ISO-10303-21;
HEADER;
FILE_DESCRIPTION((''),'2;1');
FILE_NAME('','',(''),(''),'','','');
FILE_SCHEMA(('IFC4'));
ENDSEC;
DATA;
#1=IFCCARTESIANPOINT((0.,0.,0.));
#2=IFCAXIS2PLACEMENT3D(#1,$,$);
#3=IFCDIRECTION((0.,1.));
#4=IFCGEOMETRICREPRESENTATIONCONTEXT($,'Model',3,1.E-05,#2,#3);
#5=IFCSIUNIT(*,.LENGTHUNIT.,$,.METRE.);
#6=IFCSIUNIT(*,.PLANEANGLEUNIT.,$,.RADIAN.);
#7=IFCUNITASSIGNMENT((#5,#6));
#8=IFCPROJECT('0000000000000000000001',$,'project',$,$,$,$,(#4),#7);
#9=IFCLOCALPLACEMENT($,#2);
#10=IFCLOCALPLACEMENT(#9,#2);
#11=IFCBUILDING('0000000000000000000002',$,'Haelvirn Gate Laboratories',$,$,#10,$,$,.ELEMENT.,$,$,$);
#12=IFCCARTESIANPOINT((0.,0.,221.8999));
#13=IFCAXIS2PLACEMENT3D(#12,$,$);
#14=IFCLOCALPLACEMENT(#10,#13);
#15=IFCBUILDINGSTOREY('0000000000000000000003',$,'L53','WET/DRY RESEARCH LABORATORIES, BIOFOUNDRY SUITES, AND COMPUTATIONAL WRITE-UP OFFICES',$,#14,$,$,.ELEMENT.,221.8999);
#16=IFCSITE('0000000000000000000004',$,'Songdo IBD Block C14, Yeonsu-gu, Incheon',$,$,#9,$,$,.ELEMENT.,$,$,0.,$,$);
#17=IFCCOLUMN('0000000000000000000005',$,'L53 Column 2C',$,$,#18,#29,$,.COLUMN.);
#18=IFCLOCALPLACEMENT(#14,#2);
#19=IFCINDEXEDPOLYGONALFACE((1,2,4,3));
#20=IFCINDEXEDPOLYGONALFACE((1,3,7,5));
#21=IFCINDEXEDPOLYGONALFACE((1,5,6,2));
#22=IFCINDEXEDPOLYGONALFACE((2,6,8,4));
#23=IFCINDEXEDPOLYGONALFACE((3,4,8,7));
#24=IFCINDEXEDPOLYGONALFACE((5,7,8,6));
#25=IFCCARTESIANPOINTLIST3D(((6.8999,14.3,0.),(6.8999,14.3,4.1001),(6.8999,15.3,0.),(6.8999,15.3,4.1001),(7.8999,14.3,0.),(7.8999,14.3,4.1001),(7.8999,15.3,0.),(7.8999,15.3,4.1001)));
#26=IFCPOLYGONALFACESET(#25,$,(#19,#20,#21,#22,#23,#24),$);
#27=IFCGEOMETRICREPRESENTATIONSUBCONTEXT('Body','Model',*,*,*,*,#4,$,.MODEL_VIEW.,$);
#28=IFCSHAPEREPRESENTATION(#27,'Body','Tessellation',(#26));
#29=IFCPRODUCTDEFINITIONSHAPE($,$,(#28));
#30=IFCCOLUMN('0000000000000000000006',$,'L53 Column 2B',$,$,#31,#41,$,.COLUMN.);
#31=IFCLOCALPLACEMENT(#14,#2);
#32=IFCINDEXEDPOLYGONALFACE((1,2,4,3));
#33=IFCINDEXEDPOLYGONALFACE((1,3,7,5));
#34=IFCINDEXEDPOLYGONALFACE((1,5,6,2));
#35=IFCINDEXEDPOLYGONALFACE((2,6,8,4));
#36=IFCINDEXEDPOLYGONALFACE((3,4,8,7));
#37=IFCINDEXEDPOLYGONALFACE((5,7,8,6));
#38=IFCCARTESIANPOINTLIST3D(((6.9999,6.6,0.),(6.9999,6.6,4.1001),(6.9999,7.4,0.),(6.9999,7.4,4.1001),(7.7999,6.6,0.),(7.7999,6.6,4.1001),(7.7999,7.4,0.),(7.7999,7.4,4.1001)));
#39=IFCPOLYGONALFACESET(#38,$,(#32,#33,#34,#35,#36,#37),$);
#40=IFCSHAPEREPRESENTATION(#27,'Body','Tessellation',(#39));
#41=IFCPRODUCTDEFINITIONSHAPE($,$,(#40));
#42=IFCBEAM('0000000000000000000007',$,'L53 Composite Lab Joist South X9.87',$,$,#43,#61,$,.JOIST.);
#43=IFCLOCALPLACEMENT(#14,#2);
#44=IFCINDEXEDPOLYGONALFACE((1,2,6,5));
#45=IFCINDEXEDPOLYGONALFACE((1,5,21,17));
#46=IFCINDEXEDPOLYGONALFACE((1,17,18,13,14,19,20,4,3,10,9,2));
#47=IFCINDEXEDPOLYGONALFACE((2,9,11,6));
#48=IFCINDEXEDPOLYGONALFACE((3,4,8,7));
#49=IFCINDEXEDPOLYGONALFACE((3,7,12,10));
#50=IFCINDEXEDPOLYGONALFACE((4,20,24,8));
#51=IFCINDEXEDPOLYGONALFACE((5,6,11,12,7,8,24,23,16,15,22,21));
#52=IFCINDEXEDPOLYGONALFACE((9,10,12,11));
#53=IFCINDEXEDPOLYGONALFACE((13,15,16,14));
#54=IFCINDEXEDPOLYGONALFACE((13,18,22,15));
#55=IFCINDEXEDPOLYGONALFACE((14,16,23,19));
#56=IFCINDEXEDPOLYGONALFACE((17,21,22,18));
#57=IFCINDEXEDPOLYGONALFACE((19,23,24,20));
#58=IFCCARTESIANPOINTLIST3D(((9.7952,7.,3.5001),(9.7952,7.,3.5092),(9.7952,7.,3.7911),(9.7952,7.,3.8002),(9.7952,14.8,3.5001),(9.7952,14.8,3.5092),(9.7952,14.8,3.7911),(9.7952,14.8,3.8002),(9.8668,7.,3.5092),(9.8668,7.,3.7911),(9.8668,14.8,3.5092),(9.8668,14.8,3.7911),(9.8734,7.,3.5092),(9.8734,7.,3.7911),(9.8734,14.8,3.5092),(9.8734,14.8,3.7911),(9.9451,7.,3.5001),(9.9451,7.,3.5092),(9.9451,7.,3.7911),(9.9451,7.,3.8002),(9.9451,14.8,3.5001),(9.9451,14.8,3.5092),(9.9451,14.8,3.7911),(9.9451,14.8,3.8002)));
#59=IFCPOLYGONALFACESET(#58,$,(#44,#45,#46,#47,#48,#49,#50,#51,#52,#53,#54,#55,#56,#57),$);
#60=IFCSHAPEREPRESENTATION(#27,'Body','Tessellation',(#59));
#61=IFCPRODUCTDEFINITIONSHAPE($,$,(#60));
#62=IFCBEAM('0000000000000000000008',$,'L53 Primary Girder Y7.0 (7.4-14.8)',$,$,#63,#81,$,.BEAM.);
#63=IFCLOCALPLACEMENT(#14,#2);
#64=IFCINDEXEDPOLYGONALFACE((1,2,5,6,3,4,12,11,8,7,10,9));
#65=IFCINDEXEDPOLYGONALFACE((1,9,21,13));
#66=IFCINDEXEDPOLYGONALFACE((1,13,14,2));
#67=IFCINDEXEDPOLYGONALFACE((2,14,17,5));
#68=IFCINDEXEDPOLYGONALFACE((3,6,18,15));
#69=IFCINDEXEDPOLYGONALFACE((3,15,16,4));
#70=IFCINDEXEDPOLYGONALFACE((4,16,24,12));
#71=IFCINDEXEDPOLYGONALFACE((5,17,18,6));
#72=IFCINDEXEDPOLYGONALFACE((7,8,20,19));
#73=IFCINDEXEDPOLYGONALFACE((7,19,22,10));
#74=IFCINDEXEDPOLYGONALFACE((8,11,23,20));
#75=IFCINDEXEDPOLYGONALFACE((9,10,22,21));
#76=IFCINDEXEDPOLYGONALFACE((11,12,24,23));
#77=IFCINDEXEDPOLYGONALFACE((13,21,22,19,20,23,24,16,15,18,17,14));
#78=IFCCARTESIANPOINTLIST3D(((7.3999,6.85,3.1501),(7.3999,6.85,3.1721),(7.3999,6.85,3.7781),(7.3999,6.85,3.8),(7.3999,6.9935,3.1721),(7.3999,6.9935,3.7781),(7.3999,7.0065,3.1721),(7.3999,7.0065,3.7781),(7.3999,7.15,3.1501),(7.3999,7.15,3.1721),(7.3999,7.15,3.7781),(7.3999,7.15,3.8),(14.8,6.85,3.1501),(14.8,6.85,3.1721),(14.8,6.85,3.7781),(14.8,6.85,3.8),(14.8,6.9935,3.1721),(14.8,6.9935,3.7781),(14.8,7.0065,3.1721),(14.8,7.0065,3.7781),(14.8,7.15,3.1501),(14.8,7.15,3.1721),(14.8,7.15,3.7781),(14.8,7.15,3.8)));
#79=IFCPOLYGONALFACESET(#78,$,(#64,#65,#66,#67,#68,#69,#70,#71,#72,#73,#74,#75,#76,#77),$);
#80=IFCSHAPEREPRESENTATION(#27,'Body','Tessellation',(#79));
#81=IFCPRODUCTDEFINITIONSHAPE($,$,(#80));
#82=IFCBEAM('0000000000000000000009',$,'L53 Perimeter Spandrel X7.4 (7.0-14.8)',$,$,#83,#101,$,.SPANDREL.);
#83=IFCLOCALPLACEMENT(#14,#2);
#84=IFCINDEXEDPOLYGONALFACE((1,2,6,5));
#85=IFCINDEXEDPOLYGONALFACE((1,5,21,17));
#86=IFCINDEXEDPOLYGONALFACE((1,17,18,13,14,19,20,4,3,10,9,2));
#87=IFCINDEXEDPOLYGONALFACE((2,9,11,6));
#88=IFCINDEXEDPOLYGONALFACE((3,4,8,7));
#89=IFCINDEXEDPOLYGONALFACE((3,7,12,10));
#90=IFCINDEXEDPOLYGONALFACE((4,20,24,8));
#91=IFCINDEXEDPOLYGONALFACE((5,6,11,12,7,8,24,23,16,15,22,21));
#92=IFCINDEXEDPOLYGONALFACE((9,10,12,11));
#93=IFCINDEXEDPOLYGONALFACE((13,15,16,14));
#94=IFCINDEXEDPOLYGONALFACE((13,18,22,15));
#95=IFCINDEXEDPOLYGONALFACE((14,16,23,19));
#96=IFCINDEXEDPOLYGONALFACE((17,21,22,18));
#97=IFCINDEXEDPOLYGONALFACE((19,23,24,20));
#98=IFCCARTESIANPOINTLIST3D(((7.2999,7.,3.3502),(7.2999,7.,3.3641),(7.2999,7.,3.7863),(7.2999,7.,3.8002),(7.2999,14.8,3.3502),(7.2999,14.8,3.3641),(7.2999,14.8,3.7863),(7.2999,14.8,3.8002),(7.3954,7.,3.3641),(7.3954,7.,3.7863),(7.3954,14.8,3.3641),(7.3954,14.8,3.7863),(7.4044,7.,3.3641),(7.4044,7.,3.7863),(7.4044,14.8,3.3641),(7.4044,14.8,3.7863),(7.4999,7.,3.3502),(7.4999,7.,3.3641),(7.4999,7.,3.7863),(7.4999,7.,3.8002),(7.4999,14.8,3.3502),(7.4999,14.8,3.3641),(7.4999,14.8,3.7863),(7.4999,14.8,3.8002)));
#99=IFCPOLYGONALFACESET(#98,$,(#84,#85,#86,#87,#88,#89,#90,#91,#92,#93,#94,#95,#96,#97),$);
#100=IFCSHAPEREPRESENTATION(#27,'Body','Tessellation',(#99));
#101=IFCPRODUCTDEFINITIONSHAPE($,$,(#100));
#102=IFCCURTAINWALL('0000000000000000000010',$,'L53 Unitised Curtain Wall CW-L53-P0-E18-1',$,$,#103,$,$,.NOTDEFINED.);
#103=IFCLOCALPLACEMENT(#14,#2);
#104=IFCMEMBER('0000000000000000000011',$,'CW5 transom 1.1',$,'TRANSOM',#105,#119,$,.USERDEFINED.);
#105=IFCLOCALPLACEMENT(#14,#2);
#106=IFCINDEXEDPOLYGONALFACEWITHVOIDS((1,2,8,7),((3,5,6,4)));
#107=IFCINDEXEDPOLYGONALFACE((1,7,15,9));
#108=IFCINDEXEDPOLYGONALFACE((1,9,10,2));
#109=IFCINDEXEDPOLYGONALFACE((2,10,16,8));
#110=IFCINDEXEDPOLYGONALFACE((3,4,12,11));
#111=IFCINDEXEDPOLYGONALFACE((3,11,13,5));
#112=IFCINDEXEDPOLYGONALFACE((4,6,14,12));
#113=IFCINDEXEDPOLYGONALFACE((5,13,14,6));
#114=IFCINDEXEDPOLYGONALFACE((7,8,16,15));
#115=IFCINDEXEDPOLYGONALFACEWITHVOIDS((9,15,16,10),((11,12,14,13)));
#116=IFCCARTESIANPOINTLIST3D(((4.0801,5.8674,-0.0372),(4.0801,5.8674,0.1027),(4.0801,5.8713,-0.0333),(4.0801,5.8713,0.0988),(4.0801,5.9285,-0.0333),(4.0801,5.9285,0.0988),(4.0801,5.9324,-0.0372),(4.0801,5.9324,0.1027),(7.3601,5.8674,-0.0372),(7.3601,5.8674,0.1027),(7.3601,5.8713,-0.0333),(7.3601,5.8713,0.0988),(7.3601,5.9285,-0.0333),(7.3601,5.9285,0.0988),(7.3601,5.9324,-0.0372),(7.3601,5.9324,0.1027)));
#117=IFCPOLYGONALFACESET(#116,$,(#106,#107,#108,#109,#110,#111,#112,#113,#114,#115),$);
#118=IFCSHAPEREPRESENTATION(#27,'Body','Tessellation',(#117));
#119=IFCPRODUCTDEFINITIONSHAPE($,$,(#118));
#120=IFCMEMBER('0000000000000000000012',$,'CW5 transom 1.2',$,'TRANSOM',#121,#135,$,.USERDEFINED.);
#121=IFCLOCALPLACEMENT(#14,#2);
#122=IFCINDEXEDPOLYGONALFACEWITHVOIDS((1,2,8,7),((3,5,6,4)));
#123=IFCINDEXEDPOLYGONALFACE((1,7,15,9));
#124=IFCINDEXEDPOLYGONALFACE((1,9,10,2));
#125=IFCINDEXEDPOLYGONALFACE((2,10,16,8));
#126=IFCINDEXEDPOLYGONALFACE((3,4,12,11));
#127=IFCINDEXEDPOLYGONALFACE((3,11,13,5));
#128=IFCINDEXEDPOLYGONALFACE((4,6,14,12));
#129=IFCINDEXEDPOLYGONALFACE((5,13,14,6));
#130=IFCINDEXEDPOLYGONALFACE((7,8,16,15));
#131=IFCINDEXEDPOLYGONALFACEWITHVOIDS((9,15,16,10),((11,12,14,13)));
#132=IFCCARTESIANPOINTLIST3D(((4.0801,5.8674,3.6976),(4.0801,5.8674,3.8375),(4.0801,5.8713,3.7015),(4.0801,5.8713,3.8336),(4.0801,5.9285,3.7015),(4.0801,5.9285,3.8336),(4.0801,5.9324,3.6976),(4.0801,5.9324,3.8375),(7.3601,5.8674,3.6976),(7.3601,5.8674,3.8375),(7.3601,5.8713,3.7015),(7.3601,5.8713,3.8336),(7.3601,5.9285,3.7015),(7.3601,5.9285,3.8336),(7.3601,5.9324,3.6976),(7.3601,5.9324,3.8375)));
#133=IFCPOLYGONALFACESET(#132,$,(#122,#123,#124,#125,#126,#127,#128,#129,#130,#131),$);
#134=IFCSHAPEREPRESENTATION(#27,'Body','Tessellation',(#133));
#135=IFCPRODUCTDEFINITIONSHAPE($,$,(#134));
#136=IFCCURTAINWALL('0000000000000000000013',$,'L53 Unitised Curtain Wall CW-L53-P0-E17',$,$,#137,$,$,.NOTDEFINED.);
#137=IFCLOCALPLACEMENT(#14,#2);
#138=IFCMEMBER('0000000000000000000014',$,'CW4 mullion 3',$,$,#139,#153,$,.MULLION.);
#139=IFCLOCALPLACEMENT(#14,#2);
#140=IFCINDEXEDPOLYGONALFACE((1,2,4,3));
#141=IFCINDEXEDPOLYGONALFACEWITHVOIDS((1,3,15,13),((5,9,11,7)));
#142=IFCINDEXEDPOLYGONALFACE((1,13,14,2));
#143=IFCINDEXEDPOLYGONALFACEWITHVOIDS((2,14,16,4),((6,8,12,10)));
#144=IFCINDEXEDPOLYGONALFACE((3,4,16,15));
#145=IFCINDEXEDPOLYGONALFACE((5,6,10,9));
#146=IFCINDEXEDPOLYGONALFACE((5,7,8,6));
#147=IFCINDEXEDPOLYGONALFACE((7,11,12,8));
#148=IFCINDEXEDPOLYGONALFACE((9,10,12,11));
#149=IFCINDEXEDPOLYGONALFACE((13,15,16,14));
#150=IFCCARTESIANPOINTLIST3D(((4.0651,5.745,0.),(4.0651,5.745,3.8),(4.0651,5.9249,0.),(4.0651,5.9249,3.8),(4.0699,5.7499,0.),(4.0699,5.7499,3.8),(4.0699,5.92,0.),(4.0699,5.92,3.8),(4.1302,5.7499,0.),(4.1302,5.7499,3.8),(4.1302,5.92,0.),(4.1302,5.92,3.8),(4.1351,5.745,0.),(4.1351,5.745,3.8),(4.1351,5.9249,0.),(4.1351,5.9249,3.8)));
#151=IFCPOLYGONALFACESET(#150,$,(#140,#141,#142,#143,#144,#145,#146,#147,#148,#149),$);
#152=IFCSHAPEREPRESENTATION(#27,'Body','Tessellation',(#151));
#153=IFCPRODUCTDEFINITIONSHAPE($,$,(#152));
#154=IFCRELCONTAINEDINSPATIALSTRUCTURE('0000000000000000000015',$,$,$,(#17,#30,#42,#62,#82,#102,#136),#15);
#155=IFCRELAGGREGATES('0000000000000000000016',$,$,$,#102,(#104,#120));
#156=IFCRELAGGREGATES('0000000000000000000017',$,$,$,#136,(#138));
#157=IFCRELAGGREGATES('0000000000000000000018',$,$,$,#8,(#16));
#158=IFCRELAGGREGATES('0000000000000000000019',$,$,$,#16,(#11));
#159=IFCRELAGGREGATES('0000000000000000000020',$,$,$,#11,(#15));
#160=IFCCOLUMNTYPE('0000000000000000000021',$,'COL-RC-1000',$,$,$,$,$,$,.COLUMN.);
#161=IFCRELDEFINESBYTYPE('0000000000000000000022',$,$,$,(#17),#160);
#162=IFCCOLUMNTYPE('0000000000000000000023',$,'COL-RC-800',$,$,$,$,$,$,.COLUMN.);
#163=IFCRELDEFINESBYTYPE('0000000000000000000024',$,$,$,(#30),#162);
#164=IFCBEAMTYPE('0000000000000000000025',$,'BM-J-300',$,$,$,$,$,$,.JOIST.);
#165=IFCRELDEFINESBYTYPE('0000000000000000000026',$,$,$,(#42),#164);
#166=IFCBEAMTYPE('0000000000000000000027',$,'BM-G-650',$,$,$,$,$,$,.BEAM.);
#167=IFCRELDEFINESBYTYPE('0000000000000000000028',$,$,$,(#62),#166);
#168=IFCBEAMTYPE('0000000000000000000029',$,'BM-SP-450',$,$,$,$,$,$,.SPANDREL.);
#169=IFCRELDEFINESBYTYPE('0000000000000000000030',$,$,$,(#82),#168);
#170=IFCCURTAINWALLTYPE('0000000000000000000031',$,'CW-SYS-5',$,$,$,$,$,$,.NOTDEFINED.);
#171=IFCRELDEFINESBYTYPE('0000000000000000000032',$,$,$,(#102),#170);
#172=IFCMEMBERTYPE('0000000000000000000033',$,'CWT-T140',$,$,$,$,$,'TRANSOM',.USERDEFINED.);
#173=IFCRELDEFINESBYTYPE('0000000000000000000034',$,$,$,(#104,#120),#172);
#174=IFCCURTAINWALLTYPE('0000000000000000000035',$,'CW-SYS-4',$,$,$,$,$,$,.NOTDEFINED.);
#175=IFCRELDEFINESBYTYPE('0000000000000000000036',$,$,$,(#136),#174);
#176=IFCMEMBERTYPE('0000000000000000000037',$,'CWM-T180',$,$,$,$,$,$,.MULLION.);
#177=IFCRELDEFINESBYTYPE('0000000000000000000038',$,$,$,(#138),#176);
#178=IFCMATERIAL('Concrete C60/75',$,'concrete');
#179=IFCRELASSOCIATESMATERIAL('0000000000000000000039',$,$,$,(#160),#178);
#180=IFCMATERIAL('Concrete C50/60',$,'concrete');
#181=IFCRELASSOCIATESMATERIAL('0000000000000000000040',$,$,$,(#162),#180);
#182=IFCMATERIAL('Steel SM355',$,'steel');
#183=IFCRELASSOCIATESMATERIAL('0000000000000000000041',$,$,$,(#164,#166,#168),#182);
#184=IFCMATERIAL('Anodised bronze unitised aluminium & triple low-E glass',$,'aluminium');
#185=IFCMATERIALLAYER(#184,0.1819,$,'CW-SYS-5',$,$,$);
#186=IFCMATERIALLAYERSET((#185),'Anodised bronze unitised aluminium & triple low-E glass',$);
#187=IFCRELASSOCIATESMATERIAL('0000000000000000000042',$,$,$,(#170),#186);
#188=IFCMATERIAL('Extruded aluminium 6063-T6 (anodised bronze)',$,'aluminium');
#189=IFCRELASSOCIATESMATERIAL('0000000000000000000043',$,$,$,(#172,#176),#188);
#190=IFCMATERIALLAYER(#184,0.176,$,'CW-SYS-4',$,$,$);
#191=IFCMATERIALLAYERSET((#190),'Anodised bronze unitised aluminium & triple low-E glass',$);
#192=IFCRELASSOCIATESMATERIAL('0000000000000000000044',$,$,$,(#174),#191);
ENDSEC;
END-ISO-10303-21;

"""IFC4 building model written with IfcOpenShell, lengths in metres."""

from ifc_helpers import new_model, si_unit, direction, frame, origin, origin_2d, place, context, subcontext, project, spatial, rectangle, hollow_rectangle, i_section, extrude, source, transform, mapped, material, layer, layer_set, material_profile, profile_set, type_object, type_shapes, element, aggregate, save


model = new_model("IFC4")

# Units and contexts
model_context = context("Model", 3, precision=1e-05, world=origin(), true_north=direction((0.0, 1.0)))
body_context = subcontext(model_context, "Body", "Model", "MODEL_VIEW")
ifc_project = project(units=[si_unit("LENGTHUNIT", "METRE"), si_unit("PLANEANGLEUNIT", "RADIAN")], contexts=[model_context])

# Site, building, storey
site_placement = place(None, origin())
site = spatial("IfcSite", under=ifc_project, at=site_placement, Name="Songdo IBD Block C14, Yeonsu-gu, Incheon", CompositionType="ELEMENT", RefElevation=0.0)
building_placement = place(site_placement, origin())
building = spatial("IfcBuilding", under=site, at=building_placement, Name="Haelvirn Gate Laboratories", CompositionType="ELEMENT")
storey_placement = place(building_placement, frame((0.0, 0.0, 221.8999)))
storey = spatial("IfcBuildingStorey", under=building, at=storey_placement, Name="L53", Description="WET/DRY RESEARCH LABORATORIES, BIOFOUNDRY SUITES, AND COMPUTATIONAL WRITE-UP OFFICES", CompositionType="ELEMENT", Elevation=221.8999)

# Columns
ifc_material_1 = material(Name="Concrete C60/75", Category="concrete")
ifc_material_profile_1 = material_profile(ifc_material_1, rectangle(XDim=1.0, YDim=1.0, at=origin_2d()), Name="RC-1000x1000")
ifc_profile_set_1 = profile_set([ifc_material_profile_1], Name="Concrete C60/75")
column_type_1 = type_object("IfcColumnType", Name="COL-RC-1000", PredefinedType="COLUMN", material=ifc_profile_set_1)
shared_shape_1 = source(origin(), body_context, "Body", "SweptSolid", [
    extrude(rectangle(XDim=1.0, YDim=1.0, at=origin_2d()), origin(), (0.0, 0.0, 1.0), 4.1001),
])
type_shapes(column_type_1, [shared_shape_1])
column_1_placement = place(storey_placement, frame((7.3999, 14.8, 0.0), z_axis=(0.0, 0.0, 1.0), x_axis=(1.0, 0.0, 0.0)))
element("IfcColumn", 1, at=column_1_placement, inside=storey, type_object=column_type_1, Name="L53 Column 2C", PredefinedType="COLUMN", context=body_context, shape_type="MappedRepresentation", body=[
    mapped(shared_shape_1, transform((0.0, 0.0, 0.0), scale=1.0)),
])
ifc_material_2 = material(Name="Concrete C50/60", Category="concrete")
ifc_material_profile_2 = material_profile(ifc_material_2, rectangle(XDim=0.8, YDim=0.8, at=origin_2d()), Name="RC-800x800")
ifc_profile_set_2 = profile_set([ifc_material_profile_2], Name="Concrete C50/60")
column_type_2 = type_object("IfcColumnType", Name="COL-RC-800", PredefinedType="COLUMN", material=ifc_profile_set_2)
shared_shape_2 = source(origin(), body_context, "Body", "SweptSolid", [
    extrude(rectangle(XDim=0.8, YDim=0.8, at=origin_2d()), origin(), (0.0, 0.0, 1.0), 4.1001),
])
type_shapes(column_type_2, [shared_shape_2])
column_2_placement = place(storey_placement, frame((7.3999, 7.0, 0.0), z_axis=(0.0, 0.0, 1.0), x_axis=(1.0, 0.0, 0.0)))
element("IfcColumn", 2, at=column_2_placement, inside=storey, type_object=column_type_2, Name="L53 Column 2B", PredefinedType="COLUMN", context=body_context, shape_type="MappedRepresentation", body=[
    mapped(shared_shape_2, transform((0.0, 0.0, 0.0), scale=1.0)),
])

# Beams
ifc_material_3 = material(Name="Steel SM355", Category="steel")
ifc_material_profile_3 = material_profile(ifc_material_3, i_section(OverallWidth=0.1499, OverallDepth=0.3, WebThickness=0.0066, FlangeThickness=0.009, at=origin_2d()), Name="H-300x150x6.5x9")
ifc_profile_set_3 = profile_set([ifc_material_profile_3], Name="Steel SM355")
beam_type_1 = type_object("IfcBeamType", Name="BM-J-300", PredefinedType="JOIST", material=ifc_profile_set_3)
shared_shape_3 = source(origin(), body_context, "Body", "SweptSolid", [
    extrude(i_section(OverallWidth=0.1499, OverallDepth=0.3, WebThickness=0.0066, FlangeThickness=0.009, at=origin_2d()), origin(), (0.0, 0.0, 1.0), 7.8),
])
type_shapes(beam_type_1, [shared_shape_3])
beam_1_placement = place(storey_placement, frame((9.8701, 7.0, 3.6501), z_axis=(0.0, 1.0, 0.0), x_axis=(-1.0, 0.0, 0.0)))
element("IfcBeam", 3, at=beam_1_placement, inside=storey, type_object=beam_type_1, Name="L53 Composite Lab Joist South X9.87", PredefinedType="JOIST", context=body_context, shape_type="MappedRepresentation", body=[
    mapped(shared_shape_3, transform((0.0, 0.0, 0.0), scale=1.0)),
])
ifc_material_profile_4 = material_profile(ifc_material_3, i_section(OverallWidth=0.3, OverallDepth=0.6499, WebThickness=0.0129, FlangeThickness=0.022, at=origin_2d()), Name="H-650x300x13x22")
ifc_profile_set_4 = profile_set([ifc_material_profile_4], Name="Steel SM355")
beam_type_2 = type_object("IfcBeamType", Name="BM-G-650", PredefinedType="BEAM", material=ifc_profile_set_4)
shared_shape_4 = source(origin(), body_context, "Body", "SweptSolid", [
    extrude(i_section(OverallWidth=0.3, OverallDepth=0.6499, WebThickness=0.0129, FlangeThickness=0.022, at=origin_2d()), origin(), (0.0, 0.0, 1.0), 7.4001),
])
type_shapes(beam_type_2, [shared_shape_4])
beam_2_placement = place(storey_placement, frame((7.3999, 7.0, 3.4751), z_axis=(1.0, 0.0, 0.0), x_axis=(0.0, 1.0, 0.0)))
element("IfcBeam", 4, at=beam_2_placement, inside=storey, type_object=beam_type_2, Name="L53 Primary Girder Y7.0 (7.4-14.8)", PredefinedType="BEAM", context=body_context, shape_type="MappedRepresentation", body=[
    mapped(shared_shape_4, transform((0.0, 0.0, 0.0), scale=1.0)),
])
ifc_material_profile_5 = material_profile(ifc_material_3, i_section(OverallWidth=0.2, OverallDepth=0.45, WebThickness=0.009, FlangeThickness=0.0139, at=origin_2d()), Name="H-450x200x9x14")
ifc_profile_set_5 = profile_set([ifc_material_profile_5], Name="Steel SM355")
beam_type_3 = type_object("IfcBeamType", Name="BM-SP-450", PredefinedType="SPANDREL", material=ifc_profile_set_5)
shared_shape_5 = source(origin(), body_context, "Body", "SweptSolid", [
    extrude(i_section(OverallWidth=0.2, OverallDepth=0.45, WebThickness=0.009, FlangeThickness=0.0139, at=origin_2d()), origin(), (0.0, 0.0, 1.0), 7.8),
])
type_shapes(beam_type_3, [shared_shape_5])
beam_3_placement = place(storey_placement, frame((7.3999, 7.0, 3.5752), z_axis=(0.0, 1.0, 0.0), x_axis=(-1.0, 0.0, 0.0)))
element("IfcBeam", 5, at=beam_3_placement, inside=storey, type_object=beam_type_3, Name="L53 Perimeter Spandrel X7.4 (7.0-14.8)", PredefinedType="SPANDREL", context=body_context, shape_type="MappedRepresentation", body=[
    mapped(shared_shape_5, transform((0.0, 0.0, 0.0), scale=1.0)),
])

# Curtain wall, members
ifc_material_4 = material(Name="Anodised bronze unitised aluminium & triple low-E glass", Category="aluminium")
ifc_layer_1 = layer(ifc_material_4, 0.1819, Name="CW-SYS-5")
ifc_layer_set_1 = layer_set([ifc_layer_1], Name="Anodised bronze unitised aluminium & triple low-E glass")
curtain_wall_type_1 = type_object("IfcCurtainWallType", Name="CW-SYS-5", PredefinedType="NOTDEFINED", material=ifc_layer_set_1)
curtain_wall_1_placement = place(storey_placement, origin())
curtain_wall_1 = element("IfcCurtainWall", 6, at=curtain_wall_1_placement, inside=storey, type_object=curtain_wall_type_1, Name="L53 Unitised Curtain Wall CW-L53-P0-E18-1", PredefinedType="NOTDEFINED")
ifc_material_5 = material(Name="Extruded aluminium 6063-T6 (anodised bronze)", Category="aluminium")
ifc_material_profile_6 = material_profile(ifc_material_5, hollow_rectangle(XDim=0.0649, YDim=0.1399, WallThickness=0.0039, at=origin_2d()), Name="CWT-140x65x4")
ifc_profile_set_6 = profile_set([ifc_material_profile_6], Name="Extruded aluminium 6063-T6 (anodised bronze)")
member_type_1 = type_object("IfcMemberType", Name="CWT-T140", ElementType="TRANSOM", PredefinedType="USERDEFINED", material=ifc_profile_set_6)
shared_shape_6 = source(origin(), body_context, "Body", "SweptSolid", [
    extrude(hollow_rectangle(XDim=0.0649, YDim=0.1399, WallThickness=0.0039, at=origin_2d()), origin(), (0.0, 0.0, 1.0), 3.28),
])
type_shapes(member_type_1, [shared_shape_6])
member_1_placement = place(storey_placement, frame((4.0801, 5.8999, 0.0327), z_axis=(1.0, 0.0, 0.0), x_axis=(0.0, 1.0, 0.0)))
member_1 = element("IfcMember", 7, at=member_1_placement, type_object=member_type_1, Name="CW5 transom 1.1", ObjectType="TRANSOM", PredefinedType="USERDEFINED", context=body_context, shape_type="MappedRepresentation", body=[
    mapped(shared_shape_6, transform((0.0, 0.0, 0.0), scale=1.0)),
])
member_2_placement = place(storey_placement, frame((4.0801, 5.8999, 3.7676), z_axis=(1.0, 0.0, 0.0), x_axis=(0.0, 1.0, 0.0)))
member_2 = element("IfcMember", 8, at=member_2_placement, type_object=member_type_1, Name="CW5 transom 1.2", ObjectType="TRANSOM", PredefinedType="USERDEFINED", context=body_context, shape_type="MappedRepresentation", body=[
    mapped(shared_shape_6, transform((0.0, 0.0, 0.0), scale=1.0)),
])

# Curtain wall, member
ifc_layer_2 = layer(ifc_material_4, 0.176, Name="CW-SYS-4")
ifc_layer_set_2 = layer_set([ifc_layer_2], Name="Anodised bronze unitised aluminium & triple low-E glass")
curtain_wall_type_2 = type_object("IfcCurtainWallType", Name="CW-SYS-4", PredefinedType="NOTDEFINED", material=ifc_layer_set_2)
curtain_wall_2_placement = place(storey_placement, origin())
curtain_wall_2 = element("IfcCurtainWall", 9, at=curtain_wall_2_placement, inside=storey, type_object=curtain_wall_type_2, Name="L53 Unitised Curtain Wall CW-L53-P0-E17", PredefinedType="NOTDEFINED")
ifc_material_profile_7 = material_profile(ifc_material_5, hollow_rectangle(XDim=0.0701, YDim=0.1799, WallThickness=0.0049, at=origin_2d()), Name="CWM-180x70x5")
ifc_profile_set_7 = profile_set([ifc_material_profile_7], Name="Extruded aluminium 6063-T6 (anodised bronze)")
member_type_2 = type_object("IfcMemberType", Name="CWM-T180", PredefinedType="MULLION", material=ifc_profile_set_7)
shared_shape_7 = source(origin(), body_context, "Body", "SweptSolid", [
    extrude(hollow_rectangle(XDim=0.0701, YDim=0.1799, WallThickness=0.0049, at=origin_2d()), origin(), (0.0, 0.0, 1.0), 3.8),
])
type_shapes(member_type_2, [shared_shape_7])
member_3_placement = place(storey_placement, frame((4.1001, 5.835, 0.0), z_axis=(0.0, 0.0, 1.0), x_axis=(1.0, 0.0, 0.0)))
member_3 = element("IfcMember", 10, at=member_3_placement, type_object=member_type_2, Name="CW4 mullion 3", PredefinedType="MULLION", context=body_context, shape_type="MappedRepresentation", body=[
    mapped(shared_shape_7, transform((0.0, 0.0, 0.0), scale=1.0)),
])

aggregate(curtain_wall_1, [member_1, member_2])
aggregate(curtain_wall_2, [member_3])

save(model, "model.ifc")
